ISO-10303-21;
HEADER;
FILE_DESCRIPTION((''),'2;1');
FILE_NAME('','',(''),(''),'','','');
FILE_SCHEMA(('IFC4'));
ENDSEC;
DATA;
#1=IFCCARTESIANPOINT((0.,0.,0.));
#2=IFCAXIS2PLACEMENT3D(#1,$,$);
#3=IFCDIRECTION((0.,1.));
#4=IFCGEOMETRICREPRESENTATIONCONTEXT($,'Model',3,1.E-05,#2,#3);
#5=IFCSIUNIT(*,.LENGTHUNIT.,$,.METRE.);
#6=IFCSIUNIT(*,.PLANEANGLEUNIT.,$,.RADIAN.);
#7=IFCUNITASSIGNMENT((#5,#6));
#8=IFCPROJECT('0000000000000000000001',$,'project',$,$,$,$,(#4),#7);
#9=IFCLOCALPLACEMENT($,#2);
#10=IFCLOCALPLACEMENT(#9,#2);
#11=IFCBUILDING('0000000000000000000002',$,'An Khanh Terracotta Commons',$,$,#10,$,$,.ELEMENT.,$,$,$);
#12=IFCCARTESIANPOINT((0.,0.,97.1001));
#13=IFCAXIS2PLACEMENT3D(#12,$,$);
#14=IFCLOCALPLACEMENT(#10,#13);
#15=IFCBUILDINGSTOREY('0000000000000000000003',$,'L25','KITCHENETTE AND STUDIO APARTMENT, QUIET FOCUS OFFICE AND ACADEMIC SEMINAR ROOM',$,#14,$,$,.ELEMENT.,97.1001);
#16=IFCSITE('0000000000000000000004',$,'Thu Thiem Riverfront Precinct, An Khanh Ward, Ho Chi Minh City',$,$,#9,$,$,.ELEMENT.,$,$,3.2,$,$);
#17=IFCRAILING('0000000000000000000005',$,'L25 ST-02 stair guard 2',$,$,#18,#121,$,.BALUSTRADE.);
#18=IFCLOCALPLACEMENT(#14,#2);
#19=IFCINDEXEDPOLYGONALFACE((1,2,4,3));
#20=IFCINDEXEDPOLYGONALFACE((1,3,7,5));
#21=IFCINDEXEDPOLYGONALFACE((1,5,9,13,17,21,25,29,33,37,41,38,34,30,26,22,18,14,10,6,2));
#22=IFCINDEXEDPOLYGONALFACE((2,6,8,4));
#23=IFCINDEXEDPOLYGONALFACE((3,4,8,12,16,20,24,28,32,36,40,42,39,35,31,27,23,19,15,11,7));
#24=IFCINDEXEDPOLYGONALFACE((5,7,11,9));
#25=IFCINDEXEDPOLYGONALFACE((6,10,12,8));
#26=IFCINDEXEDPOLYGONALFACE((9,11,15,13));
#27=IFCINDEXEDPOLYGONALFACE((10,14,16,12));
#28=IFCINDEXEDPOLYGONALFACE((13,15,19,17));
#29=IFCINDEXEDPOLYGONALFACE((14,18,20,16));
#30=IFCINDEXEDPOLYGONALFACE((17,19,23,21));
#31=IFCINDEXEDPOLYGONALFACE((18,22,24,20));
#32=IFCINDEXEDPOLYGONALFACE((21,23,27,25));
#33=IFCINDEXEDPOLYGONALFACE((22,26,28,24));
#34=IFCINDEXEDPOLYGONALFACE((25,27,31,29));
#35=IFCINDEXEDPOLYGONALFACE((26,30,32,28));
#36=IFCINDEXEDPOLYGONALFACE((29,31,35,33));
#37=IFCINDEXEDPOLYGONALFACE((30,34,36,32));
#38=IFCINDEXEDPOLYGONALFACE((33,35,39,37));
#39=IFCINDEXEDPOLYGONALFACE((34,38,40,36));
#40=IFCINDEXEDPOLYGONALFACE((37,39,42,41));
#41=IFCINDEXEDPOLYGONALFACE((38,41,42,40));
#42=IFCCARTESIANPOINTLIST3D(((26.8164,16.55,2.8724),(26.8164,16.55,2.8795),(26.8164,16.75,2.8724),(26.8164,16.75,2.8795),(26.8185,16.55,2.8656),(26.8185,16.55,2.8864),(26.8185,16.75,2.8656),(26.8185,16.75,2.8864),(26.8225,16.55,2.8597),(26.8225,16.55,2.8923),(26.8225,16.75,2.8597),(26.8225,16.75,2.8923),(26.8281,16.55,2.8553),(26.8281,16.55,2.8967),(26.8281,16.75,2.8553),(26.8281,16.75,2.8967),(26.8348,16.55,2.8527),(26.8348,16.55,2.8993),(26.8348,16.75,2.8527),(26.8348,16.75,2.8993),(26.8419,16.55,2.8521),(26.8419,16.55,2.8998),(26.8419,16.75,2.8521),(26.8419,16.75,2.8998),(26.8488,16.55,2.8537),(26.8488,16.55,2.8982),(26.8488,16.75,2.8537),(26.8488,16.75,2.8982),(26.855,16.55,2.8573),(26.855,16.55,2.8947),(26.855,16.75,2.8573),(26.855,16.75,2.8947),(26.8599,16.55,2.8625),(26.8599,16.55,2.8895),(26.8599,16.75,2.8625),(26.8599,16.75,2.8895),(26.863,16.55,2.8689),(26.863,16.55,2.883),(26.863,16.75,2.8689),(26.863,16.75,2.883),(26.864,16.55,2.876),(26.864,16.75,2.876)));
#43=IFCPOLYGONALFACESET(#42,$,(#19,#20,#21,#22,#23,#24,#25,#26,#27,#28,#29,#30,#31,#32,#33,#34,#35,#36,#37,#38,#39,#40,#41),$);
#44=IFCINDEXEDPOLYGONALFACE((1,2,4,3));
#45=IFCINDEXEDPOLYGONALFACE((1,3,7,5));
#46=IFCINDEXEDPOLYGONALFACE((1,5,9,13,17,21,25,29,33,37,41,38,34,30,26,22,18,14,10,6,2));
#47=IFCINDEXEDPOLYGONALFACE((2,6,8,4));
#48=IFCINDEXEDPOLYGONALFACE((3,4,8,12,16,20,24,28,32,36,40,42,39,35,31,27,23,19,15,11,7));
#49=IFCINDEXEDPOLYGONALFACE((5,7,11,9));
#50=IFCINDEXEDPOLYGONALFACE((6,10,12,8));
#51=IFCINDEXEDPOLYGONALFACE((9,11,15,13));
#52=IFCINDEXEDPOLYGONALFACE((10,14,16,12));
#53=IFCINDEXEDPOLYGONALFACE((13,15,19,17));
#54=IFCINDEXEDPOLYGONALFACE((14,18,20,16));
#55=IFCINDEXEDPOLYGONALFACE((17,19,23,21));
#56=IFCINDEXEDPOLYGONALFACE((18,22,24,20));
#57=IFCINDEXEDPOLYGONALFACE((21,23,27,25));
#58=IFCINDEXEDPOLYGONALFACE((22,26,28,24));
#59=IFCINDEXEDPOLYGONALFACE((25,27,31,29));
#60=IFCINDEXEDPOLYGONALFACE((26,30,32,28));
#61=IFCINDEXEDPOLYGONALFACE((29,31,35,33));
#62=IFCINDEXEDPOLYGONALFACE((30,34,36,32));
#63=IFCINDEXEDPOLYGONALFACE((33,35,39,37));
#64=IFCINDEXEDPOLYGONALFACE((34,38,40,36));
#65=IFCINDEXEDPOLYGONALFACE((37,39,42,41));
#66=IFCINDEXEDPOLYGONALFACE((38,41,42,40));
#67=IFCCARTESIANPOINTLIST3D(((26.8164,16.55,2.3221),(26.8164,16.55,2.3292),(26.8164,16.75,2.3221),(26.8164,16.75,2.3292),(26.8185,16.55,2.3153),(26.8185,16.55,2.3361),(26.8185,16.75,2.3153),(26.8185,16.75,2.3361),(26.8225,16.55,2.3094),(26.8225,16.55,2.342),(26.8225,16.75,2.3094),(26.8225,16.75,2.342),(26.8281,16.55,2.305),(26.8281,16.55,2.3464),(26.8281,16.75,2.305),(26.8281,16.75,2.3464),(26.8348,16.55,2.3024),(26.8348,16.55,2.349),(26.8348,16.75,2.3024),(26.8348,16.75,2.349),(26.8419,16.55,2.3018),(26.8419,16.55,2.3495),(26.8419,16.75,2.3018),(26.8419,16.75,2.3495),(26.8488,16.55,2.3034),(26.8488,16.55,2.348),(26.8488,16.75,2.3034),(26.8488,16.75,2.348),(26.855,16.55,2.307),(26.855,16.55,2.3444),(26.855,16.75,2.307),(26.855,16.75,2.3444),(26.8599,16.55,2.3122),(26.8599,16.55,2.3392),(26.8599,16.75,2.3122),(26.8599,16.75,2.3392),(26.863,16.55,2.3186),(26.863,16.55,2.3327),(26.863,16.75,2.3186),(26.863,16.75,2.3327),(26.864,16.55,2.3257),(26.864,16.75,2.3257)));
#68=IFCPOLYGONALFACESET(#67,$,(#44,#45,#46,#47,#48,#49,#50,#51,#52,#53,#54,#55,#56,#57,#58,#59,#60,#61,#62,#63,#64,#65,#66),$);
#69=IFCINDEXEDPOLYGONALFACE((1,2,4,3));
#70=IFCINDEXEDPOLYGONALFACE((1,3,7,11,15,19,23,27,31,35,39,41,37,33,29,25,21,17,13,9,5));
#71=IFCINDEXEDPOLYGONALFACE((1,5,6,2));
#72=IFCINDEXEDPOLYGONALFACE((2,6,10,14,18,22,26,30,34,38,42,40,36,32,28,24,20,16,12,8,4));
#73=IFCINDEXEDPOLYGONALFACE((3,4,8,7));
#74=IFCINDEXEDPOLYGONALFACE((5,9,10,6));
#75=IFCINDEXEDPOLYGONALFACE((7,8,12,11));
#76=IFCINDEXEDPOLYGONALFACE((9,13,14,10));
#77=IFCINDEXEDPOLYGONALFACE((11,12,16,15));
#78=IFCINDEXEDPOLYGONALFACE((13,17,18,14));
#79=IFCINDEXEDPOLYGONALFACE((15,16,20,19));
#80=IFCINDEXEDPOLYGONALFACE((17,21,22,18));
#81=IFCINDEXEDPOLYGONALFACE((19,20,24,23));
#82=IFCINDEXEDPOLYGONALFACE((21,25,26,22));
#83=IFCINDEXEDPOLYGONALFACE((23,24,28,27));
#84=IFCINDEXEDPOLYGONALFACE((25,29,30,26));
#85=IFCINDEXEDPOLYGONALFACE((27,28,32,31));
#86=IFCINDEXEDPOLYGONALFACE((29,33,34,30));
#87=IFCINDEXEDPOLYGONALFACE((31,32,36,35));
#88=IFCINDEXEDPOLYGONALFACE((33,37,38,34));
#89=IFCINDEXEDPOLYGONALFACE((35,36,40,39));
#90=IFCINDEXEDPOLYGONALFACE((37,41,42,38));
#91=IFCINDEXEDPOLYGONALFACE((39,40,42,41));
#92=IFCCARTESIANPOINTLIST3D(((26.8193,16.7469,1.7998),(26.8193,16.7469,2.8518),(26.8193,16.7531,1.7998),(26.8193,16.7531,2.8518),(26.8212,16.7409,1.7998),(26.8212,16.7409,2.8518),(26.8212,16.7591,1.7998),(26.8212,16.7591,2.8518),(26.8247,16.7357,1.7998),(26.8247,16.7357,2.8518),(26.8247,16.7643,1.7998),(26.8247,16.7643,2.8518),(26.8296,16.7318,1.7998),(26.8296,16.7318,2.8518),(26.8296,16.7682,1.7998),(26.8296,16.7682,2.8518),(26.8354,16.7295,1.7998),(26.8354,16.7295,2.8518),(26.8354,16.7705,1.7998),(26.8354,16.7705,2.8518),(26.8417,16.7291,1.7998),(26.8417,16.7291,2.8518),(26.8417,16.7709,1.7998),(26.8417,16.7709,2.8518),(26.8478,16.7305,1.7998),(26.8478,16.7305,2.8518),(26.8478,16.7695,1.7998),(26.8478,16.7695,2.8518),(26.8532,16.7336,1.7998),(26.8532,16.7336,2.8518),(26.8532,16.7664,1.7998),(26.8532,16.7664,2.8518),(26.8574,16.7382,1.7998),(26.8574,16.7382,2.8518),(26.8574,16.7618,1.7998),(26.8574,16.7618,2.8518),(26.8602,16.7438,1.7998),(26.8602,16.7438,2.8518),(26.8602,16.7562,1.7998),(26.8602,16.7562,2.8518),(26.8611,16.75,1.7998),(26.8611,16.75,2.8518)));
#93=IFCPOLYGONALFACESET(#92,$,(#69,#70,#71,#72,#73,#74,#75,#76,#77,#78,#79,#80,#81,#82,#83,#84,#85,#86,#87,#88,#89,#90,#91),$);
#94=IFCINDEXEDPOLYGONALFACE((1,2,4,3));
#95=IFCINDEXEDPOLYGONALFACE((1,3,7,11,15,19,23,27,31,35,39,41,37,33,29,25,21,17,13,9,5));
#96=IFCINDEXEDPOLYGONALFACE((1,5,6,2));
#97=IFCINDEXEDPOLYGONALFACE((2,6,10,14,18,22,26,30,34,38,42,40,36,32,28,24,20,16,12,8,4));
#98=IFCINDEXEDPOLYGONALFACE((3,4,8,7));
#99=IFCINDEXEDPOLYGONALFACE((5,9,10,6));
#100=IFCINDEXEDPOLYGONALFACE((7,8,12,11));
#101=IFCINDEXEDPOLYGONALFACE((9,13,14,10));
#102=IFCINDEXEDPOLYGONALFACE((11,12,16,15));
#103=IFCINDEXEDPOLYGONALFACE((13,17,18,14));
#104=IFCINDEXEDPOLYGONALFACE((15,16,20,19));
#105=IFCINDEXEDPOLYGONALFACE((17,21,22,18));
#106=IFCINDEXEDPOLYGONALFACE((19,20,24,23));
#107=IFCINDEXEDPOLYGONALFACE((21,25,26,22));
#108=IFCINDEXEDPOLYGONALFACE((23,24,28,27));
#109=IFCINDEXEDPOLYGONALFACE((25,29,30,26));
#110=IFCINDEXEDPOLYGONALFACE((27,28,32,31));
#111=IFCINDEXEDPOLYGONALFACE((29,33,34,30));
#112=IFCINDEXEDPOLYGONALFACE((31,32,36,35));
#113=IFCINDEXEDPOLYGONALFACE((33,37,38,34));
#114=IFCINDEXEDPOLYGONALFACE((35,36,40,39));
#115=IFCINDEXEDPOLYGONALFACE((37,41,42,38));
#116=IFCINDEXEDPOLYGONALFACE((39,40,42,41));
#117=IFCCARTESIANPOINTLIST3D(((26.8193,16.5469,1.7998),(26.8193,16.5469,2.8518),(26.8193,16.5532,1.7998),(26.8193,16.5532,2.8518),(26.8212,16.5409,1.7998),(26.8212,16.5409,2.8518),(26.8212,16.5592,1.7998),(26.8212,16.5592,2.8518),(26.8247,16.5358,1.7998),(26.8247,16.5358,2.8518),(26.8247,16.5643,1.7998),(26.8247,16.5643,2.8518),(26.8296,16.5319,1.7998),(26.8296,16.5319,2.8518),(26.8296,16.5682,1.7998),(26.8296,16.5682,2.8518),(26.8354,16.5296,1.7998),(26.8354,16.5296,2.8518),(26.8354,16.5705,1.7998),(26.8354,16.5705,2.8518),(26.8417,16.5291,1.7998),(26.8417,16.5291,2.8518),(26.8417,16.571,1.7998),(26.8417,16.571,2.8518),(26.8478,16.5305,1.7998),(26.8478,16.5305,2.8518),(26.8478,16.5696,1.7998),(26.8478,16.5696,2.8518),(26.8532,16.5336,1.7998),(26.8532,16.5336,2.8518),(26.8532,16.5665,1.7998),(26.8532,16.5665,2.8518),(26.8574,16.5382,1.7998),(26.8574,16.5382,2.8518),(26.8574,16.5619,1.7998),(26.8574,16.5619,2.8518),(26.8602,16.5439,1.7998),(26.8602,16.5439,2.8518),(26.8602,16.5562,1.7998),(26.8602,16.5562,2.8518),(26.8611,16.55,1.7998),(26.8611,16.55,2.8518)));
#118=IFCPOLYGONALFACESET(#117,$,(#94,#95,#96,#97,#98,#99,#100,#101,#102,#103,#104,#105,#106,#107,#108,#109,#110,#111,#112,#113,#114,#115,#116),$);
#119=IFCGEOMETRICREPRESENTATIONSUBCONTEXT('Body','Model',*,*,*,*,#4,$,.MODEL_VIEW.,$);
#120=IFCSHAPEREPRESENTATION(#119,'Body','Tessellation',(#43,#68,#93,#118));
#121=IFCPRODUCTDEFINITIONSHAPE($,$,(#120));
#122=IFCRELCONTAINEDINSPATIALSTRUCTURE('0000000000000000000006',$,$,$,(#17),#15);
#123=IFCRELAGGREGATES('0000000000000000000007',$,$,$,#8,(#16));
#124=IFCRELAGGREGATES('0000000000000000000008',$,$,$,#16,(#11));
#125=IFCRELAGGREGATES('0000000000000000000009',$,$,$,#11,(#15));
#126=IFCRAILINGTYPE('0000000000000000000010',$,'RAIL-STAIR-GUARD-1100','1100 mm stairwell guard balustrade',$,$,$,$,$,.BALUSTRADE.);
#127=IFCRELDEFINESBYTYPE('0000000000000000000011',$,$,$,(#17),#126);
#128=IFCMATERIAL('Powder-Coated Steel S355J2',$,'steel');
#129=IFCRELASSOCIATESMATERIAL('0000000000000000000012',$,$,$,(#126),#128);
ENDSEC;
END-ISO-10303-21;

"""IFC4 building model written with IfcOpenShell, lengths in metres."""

from ifc_helpers import new_model, si_unit, direction, frame, origin, origin_2d, place, context, subcontext, project, spatial, circle, extrude, material, type_object, element, save


model = new_model("IFC4")

# Units and contexts
model_context = context("Model", 3, precision=1e-05, world=origin(), true_north=direction((0.0, 1.0)))
body_context = subcontext(model_context, "Body", "Model", "MODEL_VIEW")
ifc_project = project(units=[si_unit("LENGTHUNIT", "METRE"), si_unit("PLANEANGLEUNIT", "RADIAN")], contexts=[model_context])

# Site, building, storey
site_placement = place(None, origin())
site = spatial("IfcSite", under=ifc_project, at=site_placement, Name="Thu Thiem Riverfront Precinct, An Khanh Ward, Ho Chi Minh City", CompositionType="ELEMENT", RefElevation=3.2)
building_placement = place(site_placement, origin())
building = spatial("IfcBuilding", under=site, at=building_placement, Name="An Khanh Terracotta Commons", CompositionType="ELEMENT")
storey_placement = place(building_placement, frame((0.0, 0.0, 97.1001)))
storey = spatial("IfcBuildingStorey", under=building, at=storey_placement, Name="L25", Description="KITCHENETTE AND STUDIO APARTMENT, QUIET FOCUS OFFICE AND ACADEMIC SEMINAR ROOM", CompositionType="ELEMENT", Elevation=97.1001)

# Railing
ifc_material_1 = material(Name="Powder-Coated Steel S355J2", Category="steel")
railing_type_1 = type_object("IfcRailingType", Name="RAIL-STAIR-GUARD-1100", Description="1100 mm stairwell guard balustrade", PredefinedType="BALUSTRADE", material=ifc_material_1)
railing_1_placement = place(storey_placement, frame((26.8401, 16.75, 1.7998)))
element("IfcRailing", 1, at=railing_1_placement, inside=storey, type_object=railing_type_1, Name="L25 ST-02 stair guard 2", PredefinedType="BALUSTRADE", context=body_context, shape_type="SweptSolid", body=[
    extrude(circle(Radius=0.0239, at=origin_2d()), frame((0.0, 0.0, 1.0762), z_axis=(0.0, -1.0, 0.0), x_axis=(1.0, 0.0, 0.0)), (0.0, 0.0, 1.0), 0.2),
    extrude(circle(Radius=0.0239, at=origin_2d()), frame((0.0, 0.0, 0.5259), z_axis=(0.0, -1.0, 0.0), x_axis=(1.0, 0.0, 0.0)), (0.0, 0.0, 1.0), 0.2),
    extrude(circle(Radius=0.021, at=origin_2d()), origin(), (0.0, 0.0, 1.0), 1.052),
    extrude(circle(Radius=0.021, at=origin_2d()), frame((0.0, -0.2, 0.0)), (0.0, 0.0, 1.0), 1.052),
])

save(model, "model.ifc")
